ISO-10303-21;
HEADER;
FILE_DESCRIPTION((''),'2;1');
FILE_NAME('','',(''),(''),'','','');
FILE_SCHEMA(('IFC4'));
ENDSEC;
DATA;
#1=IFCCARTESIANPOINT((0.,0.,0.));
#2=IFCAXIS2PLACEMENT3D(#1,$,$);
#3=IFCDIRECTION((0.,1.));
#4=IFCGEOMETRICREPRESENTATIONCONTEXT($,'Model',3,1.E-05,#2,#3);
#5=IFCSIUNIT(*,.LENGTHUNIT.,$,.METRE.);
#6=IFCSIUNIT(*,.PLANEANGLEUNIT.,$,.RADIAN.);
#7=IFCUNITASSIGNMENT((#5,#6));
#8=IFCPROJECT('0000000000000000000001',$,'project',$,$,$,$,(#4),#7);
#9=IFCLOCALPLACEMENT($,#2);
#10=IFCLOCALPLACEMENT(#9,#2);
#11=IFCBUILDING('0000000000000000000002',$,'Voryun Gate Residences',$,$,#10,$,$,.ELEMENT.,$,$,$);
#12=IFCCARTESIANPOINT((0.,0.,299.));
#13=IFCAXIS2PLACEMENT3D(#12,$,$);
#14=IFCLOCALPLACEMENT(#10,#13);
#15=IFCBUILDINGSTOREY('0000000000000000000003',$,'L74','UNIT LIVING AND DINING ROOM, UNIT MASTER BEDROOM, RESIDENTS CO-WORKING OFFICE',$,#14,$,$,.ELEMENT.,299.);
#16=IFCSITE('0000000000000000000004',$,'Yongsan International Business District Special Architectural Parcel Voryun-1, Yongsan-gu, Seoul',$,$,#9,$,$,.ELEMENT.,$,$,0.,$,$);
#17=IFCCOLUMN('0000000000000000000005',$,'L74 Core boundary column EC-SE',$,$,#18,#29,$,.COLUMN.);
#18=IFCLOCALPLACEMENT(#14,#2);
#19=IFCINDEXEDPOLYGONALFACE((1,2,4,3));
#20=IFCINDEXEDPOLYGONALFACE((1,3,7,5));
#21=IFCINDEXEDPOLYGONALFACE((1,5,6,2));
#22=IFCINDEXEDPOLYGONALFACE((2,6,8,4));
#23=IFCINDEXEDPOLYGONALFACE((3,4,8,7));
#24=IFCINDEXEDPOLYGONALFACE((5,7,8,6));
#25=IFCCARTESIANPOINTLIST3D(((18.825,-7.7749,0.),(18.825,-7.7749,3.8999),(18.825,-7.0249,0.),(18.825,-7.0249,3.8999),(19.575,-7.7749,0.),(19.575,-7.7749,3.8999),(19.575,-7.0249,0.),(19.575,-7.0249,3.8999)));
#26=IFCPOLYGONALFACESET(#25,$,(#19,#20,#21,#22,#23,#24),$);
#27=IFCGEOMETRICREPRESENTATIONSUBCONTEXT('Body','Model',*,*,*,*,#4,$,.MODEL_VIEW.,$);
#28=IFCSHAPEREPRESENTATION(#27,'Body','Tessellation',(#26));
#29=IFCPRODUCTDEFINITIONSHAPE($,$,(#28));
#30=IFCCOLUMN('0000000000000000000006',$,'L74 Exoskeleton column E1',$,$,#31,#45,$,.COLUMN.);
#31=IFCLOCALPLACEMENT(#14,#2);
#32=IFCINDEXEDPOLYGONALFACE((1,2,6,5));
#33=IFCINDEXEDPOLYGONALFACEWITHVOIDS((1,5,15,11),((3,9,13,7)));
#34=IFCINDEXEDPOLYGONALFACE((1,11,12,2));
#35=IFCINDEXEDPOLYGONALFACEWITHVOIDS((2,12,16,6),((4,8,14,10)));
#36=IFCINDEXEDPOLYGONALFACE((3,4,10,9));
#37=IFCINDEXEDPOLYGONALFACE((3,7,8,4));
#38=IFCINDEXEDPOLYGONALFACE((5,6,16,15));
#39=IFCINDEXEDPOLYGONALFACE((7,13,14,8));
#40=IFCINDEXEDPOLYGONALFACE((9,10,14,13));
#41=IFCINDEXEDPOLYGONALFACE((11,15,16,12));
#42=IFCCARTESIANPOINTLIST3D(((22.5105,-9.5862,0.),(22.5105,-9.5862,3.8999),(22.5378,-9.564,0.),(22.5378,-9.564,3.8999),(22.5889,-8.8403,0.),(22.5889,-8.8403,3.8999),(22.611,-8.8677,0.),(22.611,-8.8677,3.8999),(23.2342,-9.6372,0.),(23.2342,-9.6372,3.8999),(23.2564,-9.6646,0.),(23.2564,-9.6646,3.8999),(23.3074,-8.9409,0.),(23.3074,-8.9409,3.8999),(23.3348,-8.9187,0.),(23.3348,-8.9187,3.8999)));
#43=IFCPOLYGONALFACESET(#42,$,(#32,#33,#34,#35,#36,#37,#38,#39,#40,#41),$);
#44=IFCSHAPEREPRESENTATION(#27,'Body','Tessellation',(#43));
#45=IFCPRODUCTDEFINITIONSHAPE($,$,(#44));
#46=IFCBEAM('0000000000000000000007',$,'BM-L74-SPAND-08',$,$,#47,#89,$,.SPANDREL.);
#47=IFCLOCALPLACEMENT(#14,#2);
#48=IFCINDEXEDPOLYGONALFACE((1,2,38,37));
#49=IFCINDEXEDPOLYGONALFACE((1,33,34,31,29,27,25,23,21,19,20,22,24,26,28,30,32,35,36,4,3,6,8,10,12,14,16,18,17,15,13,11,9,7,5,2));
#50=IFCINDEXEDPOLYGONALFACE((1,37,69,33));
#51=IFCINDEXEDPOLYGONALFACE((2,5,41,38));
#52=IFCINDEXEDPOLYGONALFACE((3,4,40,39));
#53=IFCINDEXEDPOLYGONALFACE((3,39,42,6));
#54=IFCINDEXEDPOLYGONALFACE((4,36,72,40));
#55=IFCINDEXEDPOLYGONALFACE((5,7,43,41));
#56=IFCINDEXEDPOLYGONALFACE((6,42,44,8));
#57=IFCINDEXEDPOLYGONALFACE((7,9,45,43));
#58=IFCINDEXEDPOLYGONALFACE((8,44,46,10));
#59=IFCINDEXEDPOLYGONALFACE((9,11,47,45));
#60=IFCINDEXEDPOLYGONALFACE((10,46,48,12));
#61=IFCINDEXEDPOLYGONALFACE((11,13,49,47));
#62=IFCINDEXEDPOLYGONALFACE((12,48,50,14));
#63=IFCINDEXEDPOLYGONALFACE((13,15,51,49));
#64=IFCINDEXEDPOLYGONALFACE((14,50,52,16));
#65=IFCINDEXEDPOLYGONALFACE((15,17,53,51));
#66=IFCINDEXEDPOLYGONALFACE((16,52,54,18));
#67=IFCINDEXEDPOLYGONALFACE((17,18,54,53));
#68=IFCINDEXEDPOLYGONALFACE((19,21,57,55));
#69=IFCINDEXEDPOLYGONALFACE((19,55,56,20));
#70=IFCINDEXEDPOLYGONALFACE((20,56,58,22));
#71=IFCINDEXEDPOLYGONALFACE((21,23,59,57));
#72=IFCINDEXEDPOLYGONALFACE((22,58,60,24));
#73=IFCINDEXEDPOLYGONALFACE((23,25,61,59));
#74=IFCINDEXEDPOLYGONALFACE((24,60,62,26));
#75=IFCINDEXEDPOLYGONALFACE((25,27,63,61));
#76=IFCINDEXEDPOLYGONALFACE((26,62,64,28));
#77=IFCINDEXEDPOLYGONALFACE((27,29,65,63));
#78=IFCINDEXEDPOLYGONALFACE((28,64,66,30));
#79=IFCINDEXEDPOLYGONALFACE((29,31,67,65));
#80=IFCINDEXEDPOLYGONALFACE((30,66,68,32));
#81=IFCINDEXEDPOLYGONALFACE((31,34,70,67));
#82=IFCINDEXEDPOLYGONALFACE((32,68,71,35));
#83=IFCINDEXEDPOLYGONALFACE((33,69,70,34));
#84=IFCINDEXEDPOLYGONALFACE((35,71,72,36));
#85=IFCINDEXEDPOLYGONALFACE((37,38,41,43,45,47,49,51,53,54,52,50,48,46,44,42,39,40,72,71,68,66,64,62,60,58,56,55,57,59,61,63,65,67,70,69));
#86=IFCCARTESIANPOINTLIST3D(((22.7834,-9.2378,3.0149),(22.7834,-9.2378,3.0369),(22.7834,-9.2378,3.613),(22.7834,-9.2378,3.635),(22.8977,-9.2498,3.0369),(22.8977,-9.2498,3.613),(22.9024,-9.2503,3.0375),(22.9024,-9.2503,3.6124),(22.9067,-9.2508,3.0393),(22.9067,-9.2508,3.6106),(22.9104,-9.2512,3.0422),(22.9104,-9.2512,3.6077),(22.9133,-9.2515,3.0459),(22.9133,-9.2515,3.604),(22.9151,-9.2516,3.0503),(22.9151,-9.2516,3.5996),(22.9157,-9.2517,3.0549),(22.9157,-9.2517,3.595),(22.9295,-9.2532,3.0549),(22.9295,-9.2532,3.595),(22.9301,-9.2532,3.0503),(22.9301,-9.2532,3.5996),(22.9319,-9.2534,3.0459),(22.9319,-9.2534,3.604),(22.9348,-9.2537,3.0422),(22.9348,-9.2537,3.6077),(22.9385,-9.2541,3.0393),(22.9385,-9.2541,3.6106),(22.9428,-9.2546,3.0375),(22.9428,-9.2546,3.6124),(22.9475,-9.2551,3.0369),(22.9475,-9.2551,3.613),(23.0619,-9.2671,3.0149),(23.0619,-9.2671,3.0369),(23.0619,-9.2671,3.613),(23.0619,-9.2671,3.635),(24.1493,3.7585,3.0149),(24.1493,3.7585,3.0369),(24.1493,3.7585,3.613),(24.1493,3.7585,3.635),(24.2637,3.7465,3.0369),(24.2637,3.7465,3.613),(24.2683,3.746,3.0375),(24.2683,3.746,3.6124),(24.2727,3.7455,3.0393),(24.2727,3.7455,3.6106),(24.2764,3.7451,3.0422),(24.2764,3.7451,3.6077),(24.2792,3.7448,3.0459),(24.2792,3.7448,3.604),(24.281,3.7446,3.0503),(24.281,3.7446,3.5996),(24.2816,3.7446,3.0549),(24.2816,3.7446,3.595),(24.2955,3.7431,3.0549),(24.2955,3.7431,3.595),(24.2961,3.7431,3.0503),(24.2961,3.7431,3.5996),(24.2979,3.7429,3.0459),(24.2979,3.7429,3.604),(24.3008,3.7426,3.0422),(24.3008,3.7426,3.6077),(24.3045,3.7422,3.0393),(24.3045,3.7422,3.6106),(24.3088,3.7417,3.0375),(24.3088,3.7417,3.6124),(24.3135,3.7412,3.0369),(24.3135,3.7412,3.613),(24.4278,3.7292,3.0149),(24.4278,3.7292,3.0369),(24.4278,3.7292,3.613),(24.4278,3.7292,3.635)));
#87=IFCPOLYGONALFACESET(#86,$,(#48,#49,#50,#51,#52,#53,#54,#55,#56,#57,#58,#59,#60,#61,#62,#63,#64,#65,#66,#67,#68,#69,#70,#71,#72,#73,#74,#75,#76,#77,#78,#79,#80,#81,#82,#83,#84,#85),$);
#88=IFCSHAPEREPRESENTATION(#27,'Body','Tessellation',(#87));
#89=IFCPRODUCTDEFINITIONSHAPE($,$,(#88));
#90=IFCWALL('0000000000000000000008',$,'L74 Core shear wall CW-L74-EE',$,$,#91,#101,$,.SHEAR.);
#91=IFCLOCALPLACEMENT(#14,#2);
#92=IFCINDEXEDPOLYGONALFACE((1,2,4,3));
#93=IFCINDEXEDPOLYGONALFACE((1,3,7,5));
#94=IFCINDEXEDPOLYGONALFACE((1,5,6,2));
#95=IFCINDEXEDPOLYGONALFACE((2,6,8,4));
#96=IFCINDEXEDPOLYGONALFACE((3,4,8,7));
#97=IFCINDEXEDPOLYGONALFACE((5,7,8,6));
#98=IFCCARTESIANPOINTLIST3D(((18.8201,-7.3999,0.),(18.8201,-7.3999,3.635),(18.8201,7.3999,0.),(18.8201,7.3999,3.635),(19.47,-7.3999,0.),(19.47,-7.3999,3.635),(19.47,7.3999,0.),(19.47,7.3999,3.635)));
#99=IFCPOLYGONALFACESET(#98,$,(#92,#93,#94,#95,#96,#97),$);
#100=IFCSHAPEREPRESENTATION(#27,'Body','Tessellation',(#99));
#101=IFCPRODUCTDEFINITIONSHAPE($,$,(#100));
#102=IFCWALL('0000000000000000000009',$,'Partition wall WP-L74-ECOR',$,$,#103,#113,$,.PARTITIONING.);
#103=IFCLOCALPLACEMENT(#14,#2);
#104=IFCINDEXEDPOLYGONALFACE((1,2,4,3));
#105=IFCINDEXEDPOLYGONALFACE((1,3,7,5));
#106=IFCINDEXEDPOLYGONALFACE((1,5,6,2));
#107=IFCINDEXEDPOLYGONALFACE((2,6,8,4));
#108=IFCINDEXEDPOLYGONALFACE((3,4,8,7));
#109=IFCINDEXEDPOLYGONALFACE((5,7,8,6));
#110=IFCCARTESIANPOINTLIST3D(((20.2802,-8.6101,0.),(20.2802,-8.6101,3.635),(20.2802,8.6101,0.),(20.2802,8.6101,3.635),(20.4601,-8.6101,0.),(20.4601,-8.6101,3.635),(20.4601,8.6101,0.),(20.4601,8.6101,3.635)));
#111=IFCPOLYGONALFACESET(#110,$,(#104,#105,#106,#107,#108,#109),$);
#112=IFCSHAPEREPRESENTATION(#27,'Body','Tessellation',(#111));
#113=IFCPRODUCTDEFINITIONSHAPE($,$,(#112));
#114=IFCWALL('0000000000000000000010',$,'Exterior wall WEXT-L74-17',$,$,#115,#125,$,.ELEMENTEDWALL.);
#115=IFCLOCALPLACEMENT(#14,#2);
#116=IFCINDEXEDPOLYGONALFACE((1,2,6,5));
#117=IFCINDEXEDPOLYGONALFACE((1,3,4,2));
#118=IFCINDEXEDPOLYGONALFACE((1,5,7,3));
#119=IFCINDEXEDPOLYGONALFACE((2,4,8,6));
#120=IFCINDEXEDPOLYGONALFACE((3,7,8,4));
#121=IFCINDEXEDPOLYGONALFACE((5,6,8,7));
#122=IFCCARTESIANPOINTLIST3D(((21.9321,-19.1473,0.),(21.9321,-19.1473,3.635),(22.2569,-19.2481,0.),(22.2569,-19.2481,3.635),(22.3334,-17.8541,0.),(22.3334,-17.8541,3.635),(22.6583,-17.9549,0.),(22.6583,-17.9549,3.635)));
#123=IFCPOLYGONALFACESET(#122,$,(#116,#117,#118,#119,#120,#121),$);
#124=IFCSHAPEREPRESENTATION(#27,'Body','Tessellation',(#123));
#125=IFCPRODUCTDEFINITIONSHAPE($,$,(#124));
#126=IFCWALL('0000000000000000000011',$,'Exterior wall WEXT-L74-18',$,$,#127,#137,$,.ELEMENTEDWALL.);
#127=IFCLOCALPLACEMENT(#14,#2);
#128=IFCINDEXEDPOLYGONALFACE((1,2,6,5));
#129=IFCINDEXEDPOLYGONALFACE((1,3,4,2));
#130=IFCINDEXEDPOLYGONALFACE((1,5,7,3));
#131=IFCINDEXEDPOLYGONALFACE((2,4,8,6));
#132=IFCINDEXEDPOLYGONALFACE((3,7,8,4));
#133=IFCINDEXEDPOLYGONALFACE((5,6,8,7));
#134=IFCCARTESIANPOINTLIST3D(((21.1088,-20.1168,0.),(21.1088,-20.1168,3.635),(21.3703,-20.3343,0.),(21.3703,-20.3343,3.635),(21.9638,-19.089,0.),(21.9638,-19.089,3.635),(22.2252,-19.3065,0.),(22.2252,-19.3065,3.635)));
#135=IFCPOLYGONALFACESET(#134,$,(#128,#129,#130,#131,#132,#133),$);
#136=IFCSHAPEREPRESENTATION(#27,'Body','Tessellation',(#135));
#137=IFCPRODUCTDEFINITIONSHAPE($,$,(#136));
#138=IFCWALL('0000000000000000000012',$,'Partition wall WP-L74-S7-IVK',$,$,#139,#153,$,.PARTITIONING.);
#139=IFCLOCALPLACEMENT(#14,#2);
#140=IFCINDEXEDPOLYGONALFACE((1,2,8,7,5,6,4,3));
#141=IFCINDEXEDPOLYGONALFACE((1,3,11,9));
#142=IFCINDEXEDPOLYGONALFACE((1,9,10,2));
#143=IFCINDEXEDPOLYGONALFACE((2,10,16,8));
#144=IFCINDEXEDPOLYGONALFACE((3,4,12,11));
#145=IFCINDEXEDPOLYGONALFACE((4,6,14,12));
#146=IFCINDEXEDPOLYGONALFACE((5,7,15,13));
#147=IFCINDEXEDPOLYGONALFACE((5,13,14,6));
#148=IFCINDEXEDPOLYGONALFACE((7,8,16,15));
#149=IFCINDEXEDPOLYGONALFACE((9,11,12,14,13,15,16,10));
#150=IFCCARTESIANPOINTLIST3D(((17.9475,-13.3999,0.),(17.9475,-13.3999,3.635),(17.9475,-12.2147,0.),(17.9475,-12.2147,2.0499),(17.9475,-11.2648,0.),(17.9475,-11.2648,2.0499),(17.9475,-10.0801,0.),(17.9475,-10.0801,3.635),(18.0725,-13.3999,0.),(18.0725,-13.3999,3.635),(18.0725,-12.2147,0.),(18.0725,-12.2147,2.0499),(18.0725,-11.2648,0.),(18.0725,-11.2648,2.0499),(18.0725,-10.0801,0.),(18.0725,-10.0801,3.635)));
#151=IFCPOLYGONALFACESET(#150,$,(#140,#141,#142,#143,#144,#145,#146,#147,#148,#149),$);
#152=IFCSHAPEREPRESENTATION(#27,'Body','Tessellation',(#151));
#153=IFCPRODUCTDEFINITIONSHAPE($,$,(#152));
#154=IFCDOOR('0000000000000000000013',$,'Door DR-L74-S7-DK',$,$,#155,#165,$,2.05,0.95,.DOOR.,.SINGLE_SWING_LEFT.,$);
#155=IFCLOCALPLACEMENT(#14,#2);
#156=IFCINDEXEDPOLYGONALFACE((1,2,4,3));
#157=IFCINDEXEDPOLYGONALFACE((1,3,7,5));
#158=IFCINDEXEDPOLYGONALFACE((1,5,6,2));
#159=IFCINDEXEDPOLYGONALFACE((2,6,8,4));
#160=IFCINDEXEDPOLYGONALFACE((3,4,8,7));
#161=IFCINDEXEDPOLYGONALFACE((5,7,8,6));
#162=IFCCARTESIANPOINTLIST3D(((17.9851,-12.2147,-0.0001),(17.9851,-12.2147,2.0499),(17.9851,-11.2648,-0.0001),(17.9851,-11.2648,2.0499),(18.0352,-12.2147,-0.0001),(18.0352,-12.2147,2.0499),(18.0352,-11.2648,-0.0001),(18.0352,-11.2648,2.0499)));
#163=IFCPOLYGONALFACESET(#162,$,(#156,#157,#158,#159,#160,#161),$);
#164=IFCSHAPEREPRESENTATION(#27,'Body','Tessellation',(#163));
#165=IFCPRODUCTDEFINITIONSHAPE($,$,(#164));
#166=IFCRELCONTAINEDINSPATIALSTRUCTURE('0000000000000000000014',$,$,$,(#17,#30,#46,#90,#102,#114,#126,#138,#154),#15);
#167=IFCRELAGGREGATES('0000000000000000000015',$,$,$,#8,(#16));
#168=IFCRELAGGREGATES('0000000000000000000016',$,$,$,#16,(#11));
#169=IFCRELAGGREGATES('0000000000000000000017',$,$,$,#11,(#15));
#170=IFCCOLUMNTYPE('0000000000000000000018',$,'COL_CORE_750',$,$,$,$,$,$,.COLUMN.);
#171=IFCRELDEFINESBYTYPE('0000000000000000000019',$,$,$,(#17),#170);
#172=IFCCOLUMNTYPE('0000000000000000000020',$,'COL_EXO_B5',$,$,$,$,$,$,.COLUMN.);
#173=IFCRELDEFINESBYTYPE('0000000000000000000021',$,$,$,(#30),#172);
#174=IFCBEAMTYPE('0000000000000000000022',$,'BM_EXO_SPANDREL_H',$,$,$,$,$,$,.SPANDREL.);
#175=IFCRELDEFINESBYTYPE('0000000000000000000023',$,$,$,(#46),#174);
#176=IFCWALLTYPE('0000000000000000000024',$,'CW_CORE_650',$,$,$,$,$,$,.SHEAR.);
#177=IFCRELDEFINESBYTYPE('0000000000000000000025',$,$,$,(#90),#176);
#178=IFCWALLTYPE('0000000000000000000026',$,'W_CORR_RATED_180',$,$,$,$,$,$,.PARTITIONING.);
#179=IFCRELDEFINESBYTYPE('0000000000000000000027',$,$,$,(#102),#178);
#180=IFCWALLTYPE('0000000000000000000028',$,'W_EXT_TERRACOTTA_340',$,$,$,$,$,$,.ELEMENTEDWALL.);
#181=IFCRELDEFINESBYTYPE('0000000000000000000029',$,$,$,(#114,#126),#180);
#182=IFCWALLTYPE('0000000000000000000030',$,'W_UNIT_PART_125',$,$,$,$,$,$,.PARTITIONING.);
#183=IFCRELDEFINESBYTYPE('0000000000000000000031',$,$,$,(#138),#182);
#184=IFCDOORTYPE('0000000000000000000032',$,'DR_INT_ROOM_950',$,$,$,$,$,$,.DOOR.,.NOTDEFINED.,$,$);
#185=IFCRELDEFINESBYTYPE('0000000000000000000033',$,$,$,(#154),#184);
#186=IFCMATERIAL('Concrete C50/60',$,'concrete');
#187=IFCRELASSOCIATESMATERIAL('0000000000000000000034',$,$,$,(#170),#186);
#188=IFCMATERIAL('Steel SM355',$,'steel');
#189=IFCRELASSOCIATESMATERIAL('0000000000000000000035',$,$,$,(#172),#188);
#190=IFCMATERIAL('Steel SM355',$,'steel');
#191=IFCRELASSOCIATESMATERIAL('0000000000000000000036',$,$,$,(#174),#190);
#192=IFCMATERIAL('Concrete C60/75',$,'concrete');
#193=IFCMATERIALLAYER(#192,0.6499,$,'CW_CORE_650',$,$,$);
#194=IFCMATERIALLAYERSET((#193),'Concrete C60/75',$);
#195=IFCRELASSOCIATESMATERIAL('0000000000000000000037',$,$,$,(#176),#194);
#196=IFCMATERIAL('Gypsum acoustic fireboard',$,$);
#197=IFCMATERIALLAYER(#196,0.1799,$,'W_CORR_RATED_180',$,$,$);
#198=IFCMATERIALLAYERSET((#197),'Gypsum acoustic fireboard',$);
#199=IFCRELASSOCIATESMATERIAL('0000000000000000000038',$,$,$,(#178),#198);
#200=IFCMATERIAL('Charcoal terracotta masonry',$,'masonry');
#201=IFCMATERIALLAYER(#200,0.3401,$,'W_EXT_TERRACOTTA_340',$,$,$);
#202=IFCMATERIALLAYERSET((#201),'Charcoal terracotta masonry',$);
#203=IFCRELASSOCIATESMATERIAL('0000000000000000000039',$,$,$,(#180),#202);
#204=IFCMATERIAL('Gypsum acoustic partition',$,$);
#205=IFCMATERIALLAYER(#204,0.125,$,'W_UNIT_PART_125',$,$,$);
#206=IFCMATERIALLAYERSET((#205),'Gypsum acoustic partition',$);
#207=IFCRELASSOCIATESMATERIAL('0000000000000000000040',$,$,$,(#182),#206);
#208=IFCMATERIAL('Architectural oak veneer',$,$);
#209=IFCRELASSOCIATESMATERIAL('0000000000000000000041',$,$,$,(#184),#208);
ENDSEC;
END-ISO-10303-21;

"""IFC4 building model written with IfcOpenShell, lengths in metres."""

from ifc_helpers import new_model, si_unit, direction, frame, frame_2d, origin, origin_2d, place, context, subcontext, project, spatial, rectangle, hollow_rectangle, i_section, extrude, material, layer, layer_set, material_profile, profile_set, type_object, element, fill, save


model = new_model("IFC4")

# Units and contexts
model_context = context("Model", 3, precision=1e-05, world=origin(), true_north=direction((0.0, 1.0)))
body_context = subcontext(model_context, "Body", "Model", "MODEL_VIEW")
ifc_project = project(units=[si_unit("LENGTHUNIT", "METRE"), si_unit("PLANEANGLEUNIT", "RADIAN")], contexts=[model_context])

# Site, building, storey
site_placement = place(None, origin())
site = spatial("IfcSite", under=ifc_project, at=site_placement, Name="Yongsan International Business District Special Architectural Parcel Voryun-1, Yongsan-gu, Seoul", CompositionType="ELEMENT", RefElevation=0.0)
building_placement = place(site_placement, origin())
building = spatial("IfcBuilding", under=site, at=building_placement, Name="Voryun Gate Residences", CompositionType="ELEMENT")
storey_placement = place(building_placement, frame((0.0, 0.0, 299.0)))
storey = spatial("IfcBuildingStorey", under=building, at=storey_placement, Name="L74", Description="UNIT LIVING AND DINING ROOM, UNIT MASTER BEDROOM, RESIDENTS CO-WORKING OFFICE", CompositionType="ELEMENT", Elevation=299.0)

# Columns
ifc_material_1 = material(Name="Concrete C50/60", Category="concrete")
ifc_material_profile_1 = material_profile(ifc_material_1, rectangle(XDim=0.75, YDim=0.75, at=origin_2d()), Name="RC-750x750")
ifc_profile_set_1 = profile_set([ifc_material_profile_1], Name="Concrete C50/60")
column_type_1 = type_object("IfcColumnType", Name="COL_CORE_750", PredefinedType="COLUMN", material=ifc_profile_set_1)
column_1_placement = place(storey_placement, frame((19.2, -7.3999, 0.0), z_axis=(0.0, 0.0, 1.0), x_axis=(1.0, 0.0, 0.0)))
element("IfcColumn", 1, at=column_1_placement, inside=storey, type_object=column_type_1, Name="L74 Core boundary column EC-SE", PredefinedType="COLUMN", context=body_context, shape_type="SweptSolid", body=[
    extrude(rectangle(XDim=0.75, YDim=0.75, at=origin_2d()), origin(), (0.0, 0.0, 1.0), 3.8999),
])
ifc_material_2 = material(Name="Steel SM355", Category="steel")
ifc_material_profile_2 = material_profile(ifc_material_2, hollow_rectangle(XDim=0.75, YDim=0.75, WallThickness=0.0249, at=origin_2d()), Name="BOX-750x750x25")
ifc_profile_set_2 = profile_set([ifc_material_profile_2], Name="Steel SM355")
column_type_2 = type_object("IfcColumnType", Name="COL_EXO_B5", PredefinedType="COLUMN", material=ifc_profile_set_2)
column_2_placement = place(storey_placement, frame((22.9226, -9.2524, 0.0), z_axis=(0.0, 0.0, 1.0), x_axis=(0.994522, -0.104528, 0.0)))
element("IfcColumn", 2, at=column_2_placement, inside=storey, type_object=column_type_2, Name="L74 Exoskeleton column E1", PredefinedType="COLUMN", context=body_context, shape_type="SweptSolid", body=[
    extrude(hollow_rectangle(XDim=0.75, YDim=0.75, WallThickness=0.0249, at=origin_2d()), origin(), (0.0, 0.0, 1.0), 3.8999),
])

# Beam
ifc_material_3 = material(Name="Steel SM355", Category="steel")
ifc_material_profile_3 = material_profile(ifc_material_3, i_section(OverallWidth=0.28, OverallDepth=0.6201, WebThickness=0.0139, FlangeThickness=0.022, FilletRadius=0.0181, at=origin_2d()), Name="H-620x280x14x22")
ifc_profile_set_3 = profile_set([ifc_material_profile_3], Name="Steel SM355")
beam_type = type_object("IfcBeamType", Name="BM_EXO_SPANDREL_H", PredefinedType="SPANDREL", material=ifc_profile_set_3)
beam_placement = place(storey_placement, frame((22.9226, -9.2524, 3.325), z_axis=(0.104528, 0.994522, 0.0), x_axis=(-0.994522, 0.104528, 0.0)))
element("IfcBeam", 3, at=beam_placement, inside=storey, type_object=beam_type, Name="BM-L74-SPAND-08", PredefinedType="SPANDREL", context=body_context, shape_type="SweptSolid", body=[
    extrude(i_section(OverallWidth=0.28, OverallDepth=0.6201, WebThickness=0.0139, FlangeThickness=0.022, FilletRadius=0.0181, at=origin_2d()), origin(), (0.0, 0.0, 1.0), 13.0679),
])

# Walls
ifc_material_4 = material(Name="Concrete C60/75", Category="concrete")
ifc_layer_1 = layer(ifc_material_4, 0.6499, Name="CW_CORE_650")
ifc_layer_set_1 = layer_set([ifc_layer_1], Name="Concrete C60/75")
wall_type_1 = type_object("IfcWallType", Name="CW_CORE_650", PredefinedType="SHEAR", material=ifc_layer_set_1)
wall_1_placement = place(storey_placement, frame((19.145, -7.3999, 0.0), z_axis=(0.0, 0.0, 1.0), x_axis=(0.0, 1.0, 0.0)))
element("IfcWall", 4, at=wall_1_placement, inside=storey, type_object=wall_type_1, Name="L74 Core shear wall CW-L74-EE", PredefinedType="SHEAR", context=body_context, shape_type="SweptSolid", body=[
    extrude(rectangle(XDim=14.7998, YDim=0.6499, at=frame_2d((7.3999, 0.0))), origin(), (0.0, 0.0, 1.0), 3.635),
])
ifc_material_5 = material(Name="Gypsum acoustic fireboard")
ifc_layer_2 = layer(ifc_material_5, 0.1799, Name="W_CORR_RATED_180")
ifc_layer_set_2 = layer_set([ifc_layer_2], Name="Gypsum acoustic fireboard")
wall_type_2 = type_object("IfcWallType", Name="W_CORR_RATED_180", PredefinedType="PARTITIONING", material=ifc_layer_set_2)
wall_2_placement = place(storey_placement, frame((20.3701, -8.6101, 0.0), z_axis=(0.0, 0.0, 1.0), x_axis=(0.0, 1.0, 0.0)))
element("IfcWall", 5, at=wall_2_placement, inside=storey, type_object=wall_type_2, Name="Partition wall WP-L74-ECOR", PredefinedType="PARTITIONING", context=body_context, shape_type="SweptSolid", body=[
    extrude(rectangle(XDim=17.2202, YDim=0.1799, at=frame_2d((8.6101, 0.0))), origin(), (0.0, 0.0, 1.0), 3.635),
])
ifc_material_6 = material(Name="Charcoal terracotta masonry", Category="masonry")
ifc_layer_3 = layer(ifc_material_6, 0.3401, Name="W_EXT_TERRACOTTA_340")
ifc_layer_set_3 = layer_set([ifc_layer_3], Name="Charcoal terracotta masonry")
wall_type_3 = type_object("IfcWallType", Name="W_EXT_TERRACOTTA_340", PredefinedType="ELEMENTEDWALL", material=ifc_layer_set_3)
wall_3_placement = place(storey_placement, frame((22.4958, -17.9045, 0.0), z_axis=(0.0, 0.0, 1.0), x_axis=(-0.296416, -0.955059, 0.0)))
element("IfcWall", 6, at=wall_3_placement, inside=storey, type_object=wall_type_3, Name="Exterior wall WEXT-L74-17", PredefinedType="ELEMENTEDWALL", context=body_context, shape_type="SweptSolid", body=[
    extrude(rectangle(XDim=1.354, YDim=0.3401, at=frame_2d((0.677, 0.0))), origin(), (0.0, 0.0, 1.0), 3.635),
])
wall_4_placement = place(storey_placement, frame((22.0945, -19.1978, 0.0), z_axis=(0.0, 0.0, 1.0), x_axis=(-0.639502, -0.76879, 0.0)))
element("IfcWall", 7, at=wall_4_placement, inside=storey, type_object=wall_type_3, Name="Exterior wall WEXT-L74-18", PredefinedType="ELEMENTEDWALL", context=body_context, shape_type="SweptSolid", body=[
    extrude(rectangle(XDim=1.3369, YDim=0.3401, at=frame_2d((0.6685, 0.0))), origin(), (0.0, 0.0, 1.0), 3.635),
])

# Wall, opening, door
ifc_material_7 = material(Name="Gypsum acoustic partition")
ifc_layer_4 = layer(ifc_material_7, 0.125, Name="W_UNIT_PART_125")
ifc_layer_set_4 = layer_set([ifc_layer_4], Name="Gypsum acoustic partition")
wall_type_4 = type_object("IfcWallType", Name="W_UNIT_PART_125", PredefinedType="PARTITIONING", material=ifc_layer_set_4)
wall_5_placement = place(storey_placement, frame((18.01, -13.3999, 0.0), z_axis=(0.0, 0.0, 1.0), x_axis=(0.0, 1.0, 0.0)))
wall_5 = element("IfcWall", 8, at=wall_5_placement, inside=storey, type_object=wall_type_4, Name="Partition wall WP-L74-S7-IVK", PredefinedType="PARTITIONING", context=body_context, shape_type="SweptSolid", body=[
    extrude(rectangle(XDim=3.3198, YDim=0.125, at=frame_2d((1.6599, 0.0))), origin(), (0.0, 0.0, 1.0), 3.635),
])
opening_1_placement = place(wall_5_placement, frame((1.1851, 0.0, 0.0)))
opening_1 = element("IfcOpeningElement", 9, at=opening_1_placement, cuts=wall_5, PredefinedType="OPENING", context=body_context, shape_type="SweptSolid", body=[
    extrude(rectangle(XDim=0.95, YDim=2.05, at=frame_2d((0.4751, 1.0249))), frame((0.0, 0.0725, 0.0), z_axis=(0.0, -1.0, 0.0), x_axis=(1.0, 0.0, 0.0)), (0.0, 0.0, 1.0), 0.145),
])
ifc_material_8 = material(Name="Architectural oak veneer")
door_type_1 = type_object("IfcDoorType", Name="DR_INT_ROOM_950", OperationType="NOTDEFINED", PredefinedType="DOOR", material=ifc_material_8)
door_1_placement = place(opening_1_placement, origin())
door_1 = element("IfcDoor", 10, at=door_1_placement, inside=storey, type_object=door_type_1, Name="Door DR-L74-S7-DK", OperationType="SINGLE_SWING_LEFT", OverallHeight=2.05, OverallWidth=0.95, PredefinedType="DOOR", context=body_context, shape_type="SweptSolid", body=[
    extrude(rectangle(XDim=0.95, YDim=2.05, at=frame_2d((0.4751, 1.0249))), frame((0.0, 0.0249, 0.0), z_axis=(0.0, -1.0, 0.0), x_axis=(1.0, 0.0, 0.0)), (0.0, 0.0, 1.0), 0.05),
])
fill(opening_1, door_1)

save(model, "model.ifc")
